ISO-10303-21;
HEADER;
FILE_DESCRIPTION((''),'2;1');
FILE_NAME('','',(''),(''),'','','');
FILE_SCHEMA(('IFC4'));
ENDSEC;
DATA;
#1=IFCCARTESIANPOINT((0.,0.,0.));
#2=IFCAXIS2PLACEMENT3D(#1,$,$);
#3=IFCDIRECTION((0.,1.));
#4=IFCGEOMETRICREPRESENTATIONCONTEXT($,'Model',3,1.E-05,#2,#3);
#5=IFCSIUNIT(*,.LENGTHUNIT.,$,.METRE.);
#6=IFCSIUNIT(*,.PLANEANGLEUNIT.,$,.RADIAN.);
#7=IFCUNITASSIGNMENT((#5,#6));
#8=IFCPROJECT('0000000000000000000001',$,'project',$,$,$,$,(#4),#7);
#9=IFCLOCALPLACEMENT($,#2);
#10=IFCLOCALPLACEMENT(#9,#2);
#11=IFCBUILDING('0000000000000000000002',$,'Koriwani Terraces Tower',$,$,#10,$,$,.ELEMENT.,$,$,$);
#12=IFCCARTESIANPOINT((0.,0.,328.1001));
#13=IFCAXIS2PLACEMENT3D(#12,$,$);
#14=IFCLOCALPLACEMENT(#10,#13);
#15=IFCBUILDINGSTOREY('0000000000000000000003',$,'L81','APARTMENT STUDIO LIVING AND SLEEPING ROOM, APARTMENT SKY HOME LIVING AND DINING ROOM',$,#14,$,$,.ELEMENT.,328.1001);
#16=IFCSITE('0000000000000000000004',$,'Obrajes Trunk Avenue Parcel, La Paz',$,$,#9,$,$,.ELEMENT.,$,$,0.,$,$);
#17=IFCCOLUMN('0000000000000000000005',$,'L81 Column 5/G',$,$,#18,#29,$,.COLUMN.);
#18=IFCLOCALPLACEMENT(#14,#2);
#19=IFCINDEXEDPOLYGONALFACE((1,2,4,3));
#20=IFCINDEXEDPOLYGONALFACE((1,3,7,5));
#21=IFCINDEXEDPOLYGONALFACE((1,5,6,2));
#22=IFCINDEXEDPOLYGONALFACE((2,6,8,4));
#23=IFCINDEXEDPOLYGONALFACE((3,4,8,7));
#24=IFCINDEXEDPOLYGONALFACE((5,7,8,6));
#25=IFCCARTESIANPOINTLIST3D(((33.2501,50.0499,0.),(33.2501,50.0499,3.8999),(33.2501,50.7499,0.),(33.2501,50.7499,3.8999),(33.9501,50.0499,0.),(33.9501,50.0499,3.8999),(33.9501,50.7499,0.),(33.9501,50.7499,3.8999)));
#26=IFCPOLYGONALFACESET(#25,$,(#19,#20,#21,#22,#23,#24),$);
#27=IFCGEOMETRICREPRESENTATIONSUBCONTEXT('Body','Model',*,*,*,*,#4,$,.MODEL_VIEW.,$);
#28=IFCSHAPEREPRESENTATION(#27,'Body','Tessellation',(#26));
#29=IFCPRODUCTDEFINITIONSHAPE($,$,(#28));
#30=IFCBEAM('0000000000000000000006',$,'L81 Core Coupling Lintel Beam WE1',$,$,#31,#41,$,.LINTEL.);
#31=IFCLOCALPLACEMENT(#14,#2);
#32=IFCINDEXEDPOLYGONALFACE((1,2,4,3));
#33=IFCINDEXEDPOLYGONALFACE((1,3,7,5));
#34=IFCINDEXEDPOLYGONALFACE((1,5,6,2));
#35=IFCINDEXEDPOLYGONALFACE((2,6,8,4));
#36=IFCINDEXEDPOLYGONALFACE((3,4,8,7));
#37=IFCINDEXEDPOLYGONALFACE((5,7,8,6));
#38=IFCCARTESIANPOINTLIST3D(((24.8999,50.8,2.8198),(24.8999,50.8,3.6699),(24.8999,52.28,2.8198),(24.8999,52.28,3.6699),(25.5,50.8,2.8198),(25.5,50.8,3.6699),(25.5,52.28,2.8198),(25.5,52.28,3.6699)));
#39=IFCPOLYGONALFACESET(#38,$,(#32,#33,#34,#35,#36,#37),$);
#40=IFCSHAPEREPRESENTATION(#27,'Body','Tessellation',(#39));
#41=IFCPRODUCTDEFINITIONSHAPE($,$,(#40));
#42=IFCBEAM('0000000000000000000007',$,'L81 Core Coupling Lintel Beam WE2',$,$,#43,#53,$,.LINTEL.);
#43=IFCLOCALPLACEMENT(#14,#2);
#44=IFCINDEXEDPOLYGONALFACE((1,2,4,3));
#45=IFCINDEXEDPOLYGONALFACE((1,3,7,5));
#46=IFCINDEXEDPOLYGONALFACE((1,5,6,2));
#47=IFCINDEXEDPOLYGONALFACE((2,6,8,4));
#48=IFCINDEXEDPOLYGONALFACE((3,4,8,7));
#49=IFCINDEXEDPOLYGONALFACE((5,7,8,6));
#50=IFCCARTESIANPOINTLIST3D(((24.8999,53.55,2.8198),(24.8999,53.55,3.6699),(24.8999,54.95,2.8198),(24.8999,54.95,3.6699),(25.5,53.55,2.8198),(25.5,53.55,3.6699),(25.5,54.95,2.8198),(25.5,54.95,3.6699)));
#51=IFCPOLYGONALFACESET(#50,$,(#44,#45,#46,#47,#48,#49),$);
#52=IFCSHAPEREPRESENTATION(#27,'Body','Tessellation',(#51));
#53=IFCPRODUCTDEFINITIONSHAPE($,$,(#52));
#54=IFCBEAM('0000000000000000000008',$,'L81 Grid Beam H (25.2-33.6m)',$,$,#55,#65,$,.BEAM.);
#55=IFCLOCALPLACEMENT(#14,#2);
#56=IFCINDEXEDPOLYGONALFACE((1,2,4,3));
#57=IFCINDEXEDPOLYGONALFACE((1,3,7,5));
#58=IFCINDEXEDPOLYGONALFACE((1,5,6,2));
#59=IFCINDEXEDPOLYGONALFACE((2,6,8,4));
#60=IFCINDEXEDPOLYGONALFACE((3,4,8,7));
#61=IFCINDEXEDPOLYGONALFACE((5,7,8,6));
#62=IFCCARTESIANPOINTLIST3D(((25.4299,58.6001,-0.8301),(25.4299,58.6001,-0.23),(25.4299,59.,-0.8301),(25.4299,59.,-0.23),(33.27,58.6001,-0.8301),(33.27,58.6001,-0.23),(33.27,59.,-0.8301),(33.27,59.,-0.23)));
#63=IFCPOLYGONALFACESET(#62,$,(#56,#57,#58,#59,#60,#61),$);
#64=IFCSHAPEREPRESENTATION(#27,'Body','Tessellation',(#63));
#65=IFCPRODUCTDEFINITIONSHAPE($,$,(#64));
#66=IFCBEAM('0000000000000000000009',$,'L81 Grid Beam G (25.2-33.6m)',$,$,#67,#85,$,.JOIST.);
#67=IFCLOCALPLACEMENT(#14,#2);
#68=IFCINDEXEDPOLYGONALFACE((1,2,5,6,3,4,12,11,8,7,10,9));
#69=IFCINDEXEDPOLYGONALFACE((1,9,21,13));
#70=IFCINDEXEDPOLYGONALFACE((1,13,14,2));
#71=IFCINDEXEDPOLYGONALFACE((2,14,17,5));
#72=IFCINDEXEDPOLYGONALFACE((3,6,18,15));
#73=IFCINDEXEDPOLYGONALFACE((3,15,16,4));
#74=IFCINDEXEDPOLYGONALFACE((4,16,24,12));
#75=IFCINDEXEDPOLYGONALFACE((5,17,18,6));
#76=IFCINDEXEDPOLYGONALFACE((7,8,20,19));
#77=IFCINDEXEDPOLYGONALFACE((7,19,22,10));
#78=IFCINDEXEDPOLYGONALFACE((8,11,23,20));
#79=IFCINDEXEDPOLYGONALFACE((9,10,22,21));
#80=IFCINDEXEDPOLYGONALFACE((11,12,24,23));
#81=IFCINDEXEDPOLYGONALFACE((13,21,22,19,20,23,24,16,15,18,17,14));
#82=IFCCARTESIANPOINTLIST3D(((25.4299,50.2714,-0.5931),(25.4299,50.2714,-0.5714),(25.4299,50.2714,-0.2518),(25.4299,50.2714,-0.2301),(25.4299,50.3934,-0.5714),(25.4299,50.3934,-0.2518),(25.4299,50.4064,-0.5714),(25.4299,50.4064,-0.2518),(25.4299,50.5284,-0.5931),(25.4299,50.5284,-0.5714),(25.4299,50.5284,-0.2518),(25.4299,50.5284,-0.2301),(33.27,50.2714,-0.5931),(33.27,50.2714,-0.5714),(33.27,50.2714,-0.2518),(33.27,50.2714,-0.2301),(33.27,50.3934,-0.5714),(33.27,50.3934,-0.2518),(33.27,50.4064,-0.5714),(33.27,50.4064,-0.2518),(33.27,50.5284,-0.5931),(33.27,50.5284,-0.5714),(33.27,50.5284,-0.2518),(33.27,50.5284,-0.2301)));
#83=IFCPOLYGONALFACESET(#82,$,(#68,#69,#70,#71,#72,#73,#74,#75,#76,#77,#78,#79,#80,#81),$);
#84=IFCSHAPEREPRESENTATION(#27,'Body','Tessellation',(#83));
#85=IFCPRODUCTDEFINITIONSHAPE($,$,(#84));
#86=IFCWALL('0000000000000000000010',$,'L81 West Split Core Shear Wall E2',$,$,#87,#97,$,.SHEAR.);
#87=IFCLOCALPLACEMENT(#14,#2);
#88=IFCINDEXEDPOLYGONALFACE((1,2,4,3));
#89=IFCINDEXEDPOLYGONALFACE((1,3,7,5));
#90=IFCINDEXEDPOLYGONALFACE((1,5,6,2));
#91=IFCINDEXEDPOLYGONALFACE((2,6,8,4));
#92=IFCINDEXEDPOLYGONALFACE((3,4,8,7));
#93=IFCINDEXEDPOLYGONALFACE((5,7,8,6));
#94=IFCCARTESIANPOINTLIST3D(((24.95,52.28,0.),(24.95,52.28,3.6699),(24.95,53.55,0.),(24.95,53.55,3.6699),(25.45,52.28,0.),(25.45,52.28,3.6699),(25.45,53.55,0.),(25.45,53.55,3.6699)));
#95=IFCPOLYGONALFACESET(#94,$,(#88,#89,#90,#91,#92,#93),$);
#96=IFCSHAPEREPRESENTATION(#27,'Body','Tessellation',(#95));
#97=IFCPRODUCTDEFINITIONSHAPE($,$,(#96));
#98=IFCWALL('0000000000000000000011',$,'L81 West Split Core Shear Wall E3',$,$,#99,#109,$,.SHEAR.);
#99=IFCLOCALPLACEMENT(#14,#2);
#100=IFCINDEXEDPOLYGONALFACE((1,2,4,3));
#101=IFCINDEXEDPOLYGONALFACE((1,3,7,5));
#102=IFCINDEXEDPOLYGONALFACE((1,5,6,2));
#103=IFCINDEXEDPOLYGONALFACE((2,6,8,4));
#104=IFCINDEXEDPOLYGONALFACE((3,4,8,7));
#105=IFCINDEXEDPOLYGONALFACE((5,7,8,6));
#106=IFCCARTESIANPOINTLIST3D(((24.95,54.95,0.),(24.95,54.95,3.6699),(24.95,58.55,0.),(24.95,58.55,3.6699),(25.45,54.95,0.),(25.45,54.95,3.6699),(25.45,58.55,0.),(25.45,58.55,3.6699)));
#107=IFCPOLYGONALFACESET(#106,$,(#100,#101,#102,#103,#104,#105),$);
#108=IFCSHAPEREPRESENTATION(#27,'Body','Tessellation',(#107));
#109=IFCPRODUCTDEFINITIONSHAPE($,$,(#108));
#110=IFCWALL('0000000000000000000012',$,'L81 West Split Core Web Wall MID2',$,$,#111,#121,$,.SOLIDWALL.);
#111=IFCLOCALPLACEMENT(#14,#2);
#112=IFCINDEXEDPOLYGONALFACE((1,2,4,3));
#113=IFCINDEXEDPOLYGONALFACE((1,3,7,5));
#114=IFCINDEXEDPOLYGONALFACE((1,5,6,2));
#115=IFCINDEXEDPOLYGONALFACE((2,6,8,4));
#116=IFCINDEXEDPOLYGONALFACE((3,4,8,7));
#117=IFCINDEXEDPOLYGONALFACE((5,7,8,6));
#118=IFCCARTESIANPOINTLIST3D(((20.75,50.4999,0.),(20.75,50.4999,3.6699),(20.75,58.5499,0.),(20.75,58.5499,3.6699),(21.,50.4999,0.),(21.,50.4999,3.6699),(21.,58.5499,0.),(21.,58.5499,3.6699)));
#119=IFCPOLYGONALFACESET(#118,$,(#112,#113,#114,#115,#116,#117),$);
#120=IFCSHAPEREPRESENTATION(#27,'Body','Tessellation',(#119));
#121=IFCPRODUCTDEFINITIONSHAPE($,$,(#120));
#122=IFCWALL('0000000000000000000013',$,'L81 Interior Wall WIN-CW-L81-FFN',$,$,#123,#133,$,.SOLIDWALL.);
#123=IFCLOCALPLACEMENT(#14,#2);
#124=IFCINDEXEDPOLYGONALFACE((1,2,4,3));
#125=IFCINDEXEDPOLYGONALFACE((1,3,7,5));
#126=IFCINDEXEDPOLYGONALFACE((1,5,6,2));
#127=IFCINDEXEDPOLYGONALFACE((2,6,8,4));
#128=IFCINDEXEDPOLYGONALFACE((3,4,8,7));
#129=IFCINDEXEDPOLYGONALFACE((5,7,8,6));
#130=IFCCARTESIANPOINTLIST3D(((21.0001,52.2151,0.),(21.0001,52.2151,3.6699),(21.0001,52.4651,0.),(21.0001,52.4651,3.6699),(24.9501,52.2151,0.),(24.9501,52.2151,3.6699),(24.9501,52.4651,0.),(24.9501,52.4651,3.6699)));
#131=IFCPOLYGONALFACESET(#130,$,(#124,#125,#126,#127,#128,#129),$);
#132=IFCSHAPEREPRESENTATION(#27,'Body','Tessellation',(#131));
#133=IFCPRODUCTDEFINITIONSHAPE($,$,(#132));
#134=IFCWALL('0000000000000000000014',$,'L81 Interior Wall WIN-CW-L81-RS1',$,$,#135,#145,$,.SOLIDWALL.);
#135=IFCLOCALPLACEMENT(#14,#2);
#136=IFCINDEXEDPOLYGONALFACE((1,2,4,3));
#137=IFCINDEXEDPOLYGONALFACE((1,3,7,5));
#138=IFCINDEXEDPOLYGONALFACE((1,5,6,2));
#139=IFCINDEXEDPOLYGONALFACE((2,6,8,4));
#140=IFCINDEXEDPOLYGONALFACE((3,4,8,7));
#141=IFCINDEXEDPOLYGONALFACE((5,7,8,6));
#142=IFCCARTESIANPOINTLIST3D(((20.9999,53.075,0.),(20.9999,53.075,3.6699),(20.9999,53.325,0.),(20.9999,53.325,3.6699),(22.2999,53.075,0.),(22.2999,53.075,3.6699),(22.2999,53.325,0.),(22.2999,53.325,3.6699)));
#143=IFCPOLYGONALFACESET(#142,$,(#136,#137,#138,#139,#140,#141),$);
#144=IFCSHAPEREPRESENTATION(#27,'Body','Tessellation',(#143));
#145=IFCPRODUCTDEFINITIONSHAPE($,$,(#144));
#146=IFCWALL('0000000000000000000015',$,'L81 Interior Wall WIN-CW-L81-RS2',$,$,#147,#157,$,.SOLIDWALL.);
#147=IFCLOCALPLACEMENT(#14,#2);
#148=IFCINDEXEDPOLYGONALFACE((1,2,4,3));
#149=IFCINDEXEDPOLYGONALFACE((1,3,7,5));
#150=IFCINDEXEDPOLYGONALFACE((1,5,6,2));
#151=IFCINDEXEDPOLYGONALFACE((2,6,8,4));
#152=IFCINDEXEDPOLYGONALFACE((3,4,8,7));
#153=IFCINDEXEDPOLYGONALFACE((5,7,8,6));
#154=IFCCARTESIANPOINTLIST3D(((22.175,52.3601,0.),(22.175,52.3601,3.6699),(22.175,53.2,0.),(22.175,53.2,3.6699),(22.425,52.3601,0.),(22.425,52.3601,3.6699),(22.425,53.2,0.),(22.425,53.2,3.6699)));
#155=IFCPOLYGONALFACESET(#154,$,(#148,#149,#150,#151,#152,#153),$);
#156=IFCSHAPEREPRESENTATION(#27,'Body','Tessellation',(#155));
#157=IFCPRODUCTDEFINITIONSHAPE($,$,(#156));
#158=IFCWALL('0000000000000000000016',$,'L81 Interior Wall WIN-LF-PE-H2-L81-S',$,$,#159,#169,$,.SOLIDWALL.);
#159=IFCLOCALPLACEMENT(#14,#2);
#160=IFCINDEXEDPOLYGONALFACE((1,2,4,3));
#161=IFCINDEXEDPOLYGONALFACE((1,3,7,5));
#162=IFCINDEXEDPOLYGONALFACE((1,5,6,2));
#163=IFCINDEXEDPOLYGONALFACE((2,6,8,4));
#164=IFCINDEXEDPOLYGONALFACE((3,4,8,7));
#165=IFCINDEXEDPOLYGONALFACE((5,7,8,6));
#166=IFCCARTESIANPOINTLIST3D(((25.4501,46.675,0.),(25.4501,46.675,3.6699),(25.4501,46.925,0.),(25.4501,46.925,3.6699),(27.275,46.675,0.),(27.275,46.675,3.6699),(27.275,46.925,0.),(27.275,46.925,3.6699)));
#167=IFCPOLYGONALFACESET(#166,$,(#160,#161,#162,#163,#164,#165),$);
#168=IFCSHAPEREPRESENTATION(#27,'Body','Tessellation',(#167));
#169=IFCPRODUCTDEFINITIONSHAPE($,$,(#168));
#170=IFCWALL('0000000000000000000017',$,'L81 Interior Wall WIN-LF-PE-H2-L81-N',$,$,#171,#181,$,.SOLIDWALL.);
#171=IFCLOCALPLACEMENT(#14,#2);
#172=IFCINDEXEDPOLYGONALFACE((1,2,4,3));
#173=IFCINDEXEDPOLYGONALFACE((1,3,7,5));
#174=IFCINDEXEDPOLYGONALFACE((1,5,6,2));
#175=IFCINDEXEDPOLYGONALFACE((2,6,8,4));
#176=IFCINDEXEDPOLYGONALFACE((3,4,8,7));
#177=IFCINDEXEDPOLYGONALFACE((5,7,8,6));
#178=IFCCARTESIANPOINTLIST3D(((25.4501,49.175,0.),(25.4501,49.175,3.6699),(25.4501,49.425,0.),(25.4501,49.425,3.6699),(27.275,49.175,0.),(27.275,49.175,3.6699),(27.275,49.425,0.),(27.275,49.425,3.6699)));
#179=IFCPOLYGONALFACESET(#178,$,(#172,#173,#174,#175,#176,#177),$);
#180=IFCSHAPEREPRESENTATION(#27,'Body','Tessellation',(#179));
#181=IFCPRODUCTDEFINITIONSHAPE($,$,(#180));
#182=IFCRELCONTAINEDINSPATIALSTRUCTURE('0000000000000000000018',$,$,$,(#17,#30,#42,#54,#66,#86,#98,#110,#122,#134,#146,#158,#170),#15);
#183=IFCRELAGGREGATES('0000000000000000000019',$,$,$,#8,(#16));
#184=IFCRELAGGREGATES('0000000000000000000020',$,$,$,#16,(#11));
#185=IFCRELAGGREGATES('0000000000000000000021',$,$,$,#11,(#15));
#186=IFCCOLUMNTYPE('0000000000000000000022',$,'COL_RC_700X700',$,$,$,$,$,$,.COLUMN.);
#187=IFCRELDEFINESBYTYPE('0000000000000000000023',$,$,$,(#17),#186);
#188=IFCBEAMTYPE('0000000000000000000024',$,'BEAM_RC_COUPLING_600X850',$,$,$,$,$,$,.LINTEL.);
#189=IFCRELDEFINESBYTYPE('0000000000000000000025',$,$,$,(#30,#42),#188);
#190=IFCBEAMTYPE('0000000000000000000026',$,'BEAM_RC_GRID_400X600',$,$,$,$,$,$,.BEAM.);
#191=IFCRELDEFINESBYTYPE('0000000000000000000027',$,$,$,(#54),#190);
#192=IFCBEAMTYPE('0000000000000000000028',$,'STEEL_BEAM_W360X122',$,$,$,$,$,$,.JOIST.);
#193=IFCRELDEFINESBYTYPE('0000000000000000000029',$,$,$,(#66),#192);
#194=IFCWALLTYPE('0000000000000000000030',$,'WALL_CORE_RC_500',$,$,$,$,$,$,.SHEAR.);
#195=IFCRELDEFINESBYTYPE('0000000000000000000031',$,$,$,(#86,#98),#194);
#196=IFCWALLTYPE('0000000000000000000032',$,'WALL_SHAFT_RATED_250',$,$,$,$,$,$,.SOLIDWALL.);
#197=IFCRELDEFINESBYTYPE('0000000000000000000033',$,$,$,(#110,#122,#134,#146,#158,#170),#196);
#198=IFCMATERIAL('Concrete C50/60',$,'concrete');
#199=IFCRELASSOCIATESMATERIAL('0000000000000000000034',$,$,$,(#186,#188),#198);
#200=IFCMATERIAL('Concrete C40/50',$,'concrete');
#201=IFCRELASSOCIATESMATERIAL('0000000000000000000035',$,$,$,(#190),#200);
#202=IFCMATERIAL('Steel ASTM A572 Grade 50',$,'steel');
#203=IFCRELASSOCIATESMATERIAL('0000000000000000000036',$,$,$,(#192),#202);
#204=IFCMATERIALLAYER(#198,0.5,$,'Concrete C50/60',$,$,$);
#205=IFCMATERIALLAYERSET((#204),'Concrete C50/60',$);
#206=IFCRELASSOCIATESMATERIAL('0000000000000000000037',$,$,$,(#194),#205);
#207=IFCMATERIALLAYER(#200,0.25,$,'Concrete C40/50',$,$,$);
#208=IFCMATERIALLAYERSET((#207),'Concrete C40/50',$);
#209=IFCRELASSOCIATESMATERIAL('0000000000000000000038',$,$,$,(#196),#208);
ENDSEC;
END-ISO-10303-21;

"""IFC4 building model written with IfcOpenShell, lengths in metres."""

from ifc_helpers import new_model, si_unit, direction, frame, frame_2d, origin, origin_2d, place, context, subcontext, project, spatial, rectangle, i_section, extrude, material, layer, layer_set, material_profile, profile_set, type_object, element, save


model = new_model("IFC4")

# Units and contexts
model_context = context("Model", 3, precision=1e-05, world=origin(), true_north=direction((0.0, 1.0)))
body_context = subcontext(model_context, "Body", "Model", "MODEL_VIEW")
ifc_project = project(units=[si_unit("LENGTHUNIT", "METRE"), si_unit("PLANEANGLEUNIT", "RADIAN")], contexts=[model_context])

# Site, building, storey
site_placement = place(None, origin())
site = spatial("IfcSite", under=ifc_project, at=site_placement, Name="Obrajes Trunk Avenue Parcel, La Paz", CompositionType="ELEMENT", RefElevation=0.0)
building_placement = place(site_placement, origin())
building = spatial("IfcBuilding", under=site, at=building_placement, Name="Koriwani Terraces Tower", CompositionType="ELEMENT")
storey_placement = place(building_placement, frame((0.0, 0.0, 328.1001)))
storey = spatial("IfcBuildingStorey", under=building, at=storey_placement, Name="L81", Description="APARTMENT STUDIO LIVING AND SLEEPING ROOM, APARTMENT SKY HOME LIVING AND DINING ROOM", CompositionType="ELEMENT", Elevation=328.1001)

# Column
ifc_material_1 = material(Name="Concrete C50/60", Category="concrete")
ifc_material_profile_1 = material_profile(ifc_material_1, rectangle(XDim=0.7, YDim=0.7, at=origin_2d()), Name="Concrete C50/60", Category="LoadBearing")
ifc_profile_set_1 = profile_set([ifc_material_profile_1], Name="Concrete C50/60")
column_type = type_object("IfcColumnType", Name="COL_RC_700X700", PredefinedType="COLUMN", material=ifc_profile_set_1)
column_placement = place(storey_placement, frame((33.6001, 50.3999, 0.0), z_axis=(0.0, 0.0, 1.0), x_axis=(1.0, 0.0, 0.0)))
element("IfcColumn", 1, at=column_placement, inside=storey, type_object=column_type, Name="L81 Column 5/G", PredefinedType="COLUMN", context=body_context, shape_type="SweptSolid", body=[
    extrude(rectangle(XDim=0.7, YDim=0.7, at=origin_2d()), origin(), (0.0, 0.0, 1.0), 3.8999),
])

# Beams
ifc_material_profile_2 = material_profile(ifc_material_1, rectangle(XDim=0.6001, YDim=0.8501, at=origin_2d()), Name="Concrete C50/60", Category="LoadBearing")
ifc_profile_set_2 = profile_set([ifc_material_profile_2], Name="Concrete C50/60")
beam_type_1 = type_object("IfcBeamType", Name="BEAM_RC_COUPLING_600X850", PredefinedType="LINTEL", material=ifc_profile_set_2)
beam_1_placement = place(storey_placement, frame((25.2, 50.8, 3.2449), z_axis=(0.0, 1.0, 0.0), x_axis=(-1.0, 0.0, 0.0)))
element("IfcBeam", 2, at=beam_1_placement, inside=storey, type_object=beam_type_1, Name="L81 Core Coupling Lintel Beam WE1", PredefinedType="LINTEL", context=body_context, shape_type="SweptSolid", body=[
    extrude(rectangle(XDim=0.6001, YDim=0.8501, at=origin_2d()), origin(), (0.0, 0.0, 1.0), 1.48),
])
beam_2_placement = place(storey_placement, frame((25.2, 53.55, 3.2449), z_axis=(0.0, 1.0, 0.0), x_axis=(-1.0, 0.0, 0.0)))
element("IfcBeam", 3, at=beam_2_placement, inside=storey, type_object=beam_type_1, Name="L81 Core Coupling Lintel Beam WE2", PredefinedType="LINTEL", context=body_context, shape_type="SweptSolid", body=[
    extrude(rectangle(XDim=0.6001, YDim=0.8501, at=origin_2d()), origin(), (0.0, 0.0, 1.0), 1.3999),
])
ifc_material_2 = material(Name="Concrete C40/50", Category="concrete")
ifc_material_profile_3 = material_profile(ifc_material_2, rectangle(XDim=0.3999, YDim=0.6001, at=origin_2d()), Name="Concrete C40/50", Category="LoadBearing")
ifc_profile_set_3 = profile_set([ifc_material_profile_3], Name="Concrete C40/50")
beam_type_2 = type_object("IfcBeamType", Name="BEAM_RC_GRID_400X600", PredefinedType="BEAM", material=ifc_profile_set_3)
beam_3_placement = place(storey_placement, frame((25.4299, 58.8, -0.53), z_axis=(1.0, 0.0, 0.0), x_axis=(0.0, 1.0, 0.0)))
element("IfcBeam", 4, at=beam_3_placement, inside=storey, type_object=beam_type_2, Name="L81 Grid Beam H (25.2-33.6m)", PredefinedType="BEAM", context=body_context, shape_type="SweptSolid", body=[
    extrude(rectangle(XDim=0.3999, YDim=0.6001, at=origin_2d()), origin(), (0.0, 0.0, 1.0), 7.8401),
])
ifc_material_3 = material(Name="Steel ASTM A572 Grade 50", Category="steel")
ifc_material_profile_4 = material_profile(ifc_material_3, i_section(OverallWidth=0.2571, OverallDepth=0.363, WebThickness=0.0129, FlangeThickness=0.0217, at=origin_2d()), Name="Steel ASTM A572 Grade 50", Category="LoadBearing")
ifc_profile_set_4 = profile_set([ifc_material_profile_4], Name="Steel ASTM A572 Grade 50")
beam_type_3 = type_object("IfcBeamType", Name="STEEL_BEAM_W360X122", PredefinedType="JOIST", material=ifc_profile_set_4)
beam_4_placement = place(storey_placement, frame((25.4299, 50.3999, -0.4116), z_axis=(1.0, 0.0, 0.0), x_axis=(0.0, 1.0, 0.0)))
element("IfcBeam", 5, at=beam_4_placement, inside=storey, type_object=beam_type_3, Name="L81 Grid Beam G (25.2-33.6m)", PredefinedType="JOIST", context=body_context, shape_type="SweptSolid", body=[
    extrude(i_section(OverallWidth=0.2571, OverallDepth=0.363, WebThickness=0.0129, FlangeThickness=0.0217, at=origin_2d()), origin(), (0.0, 0.0, 1.0), 7.8401),
])

# Walls
ifc_layer_1 = layer(ifc_material_1, 0.5, Name="Concrete C50/60")
ifc_layer_set_1 = layer_set([ifc_layer_1], Name="Concrete C50/60")
wall_type_1 = type_object("IfcWallType", Name="WALL_CORE_RC_500", PredefinedType="SHEAR", material=ifc_layer_set_1)
wall_1_placement = place(storey_placement, frame((25.2, 52.28, 0.0), z_axis=(0.0, 0.0, 1.0), x_axis=(0.0, 1.0, 0.0)))
element("IfcWall", 6, at=wall_1_placement, inside=storey, type_object=wall_type_1, Name="L81 West Split Core Shear Wall E2", PredefinedType="SHEAR", context=body_context, shape_type="SweptSolid", body=[
    extrude(rectangle(XDim=1.27, YDim=0.5, at=frame_2d((0.635, 0.0))), origin(), (0.0, 0.0, 1.0), 3.6699),
])
wall_2_placement = place(storey_placement, frame((25.2, 54.95, 0.0), z_axis=(0.0, 0.0, 1.0), x_axis=(0.0, 1.0, 0.0)))
element("IfcWall", 7, at=wall_2_placement, inside=storey, type_object=wall_type_1, Name="L81 West Split Core Shear Wall E3", PredefinedType="SHEAR", context=body_context, shape_type="SweptSolid", body=[
    extrude(rectangle(XDim=3.6001, YDim=0.5, at=frame_2d((1.8, 0.0))), origin(), (0.0, 0.0, 1.0), 3.6699),
])
ifc_layer_2 = layer(ifc_material_2, 0.25, Name="Concrete C40/50")
ifc_layer_set_2 = layer_set([ifc_layer_2], Name="Concrete C40/50")
wall_type_2 = type_object("IfcWallType", Name="WALL_SHAFT_RATED_250", PredefinedType="SOLIDWALL", material=ifc_layer_set_2)
wall_3_placement = place(storey_placement, frame((20.875, 50.5, 0.0), z_axis=(0.0, 0.0, 1.0), x_axis=(0.0, 1.0, 0.0)))
element("IfcWall", 8, at=wall_3_placement, inside=storey, type_object=wall_type_2, Name="L81 West Split Core Web Wall MID2", PredefinedType="SOLIDWALL", context=body_context, shape_type="SweptSolid", body=[
    extrude(rectangle(XDim=8.05, YDim=0.25, at=frame_2d((4.0249, 0.0))), origin(), (0.0, 0.0, 1.0), 3.6699),
])

# Wall
wall_4_placement = place(storey_placement, frame((21.0, 52.3401, 0.0), z_axis=(0.0, 0.0, 1.0), x_axis=(1.0, 0.0, 0.0)))
element("IfcWall", 9, at=wall_4_placement, inside=storey, type_object=wall_type_2, Name="L81 Interior Wall WIN-CW-L81-FFN", PredefinedType="SOLIDWALL", context=body_context, shape_type="SweptSolid", body=[
    extrude(rectangle(XDim=3.95, YDim=0.25, at=frame_2d((1.9751, 0.0))), origin(), (0.0, 0.0, 1.0), 3.6699),
])

# Walls
wall_5_placement = place(storey_placement, frame((21.0, 53.2, 0.0), z_axis=(0.0, 0.0, 1.0), x_axis=(1.0, 0.0, 0.0)))
element("IfcWall", 10, at=wall_5_placement, inside=storey, type_object=wall_type_2, Name="L81 Interior Wall WIN-CW-L81-RS1", PredefinedType="SOLIDWALL", context=body_context, shape_type="SweptSolid", body=[
    extrude(rectangle(XDim=1.3, YDim=0.25, at=frame_2d((0.6499, 0.0))), origin(), (0.0, 0.0, 1.0), 3.6699),
])
wall_6_placement = place(storey_placement, frame((22.3, 52.3601, 0.0), z_axis=(0.0, 0.0, 1.0), x_axis=(0.0, 1.0, 0.0)))
element("IfcWall", 11, at=wall_6_placement, inside=storey, type_object=wall_type_2, Name="L81 Interior Wall WIN-CW-L81-RS2", PredefinedType="SOLIDWALL", context=body_context, shape_type="SweptSolid", body=[
    extrude(rectangle(XDim=0.8398, YDim=0.25, at=frame_2d((0.4199, 0.0))), origin(), (0.0, 0.0, 1.0), 3.6699),
])
for number, where, z_axis, x_axis, name in (
    (12, (25.45, 46.8, 0.0), (0.0, 0.0, 1.0), (1.0, 0.0, 0.0), "L81 Interior Wall WIN-LF-PE-H2-L81-S"),
    (13, (25.45, 49.3, 0.0), (0.0, 0.0, 1.0), (1.0, 0.0, 0.0), "L81 Interior Wall WIN-LF-PE-H2-L81-N"),
):
    element("IfcWall", number, at=place(storey_placement, frame(where, z_axis=z_axis, x_axis=x_axis)), inside=storey, type_object=wall_type_2, Name=name, PredefinedType="SOLIDWALL", context=body_context, shape_type="SweptSolid", body=[
        extrude(rectangle(XDim=1.825, YDim=0.25, at=frame_2d((0.9126, 0.0))), origin(), (0.0, 0.0, 1.0), 3.6699),
    ])

save(model, "model.ifc")
